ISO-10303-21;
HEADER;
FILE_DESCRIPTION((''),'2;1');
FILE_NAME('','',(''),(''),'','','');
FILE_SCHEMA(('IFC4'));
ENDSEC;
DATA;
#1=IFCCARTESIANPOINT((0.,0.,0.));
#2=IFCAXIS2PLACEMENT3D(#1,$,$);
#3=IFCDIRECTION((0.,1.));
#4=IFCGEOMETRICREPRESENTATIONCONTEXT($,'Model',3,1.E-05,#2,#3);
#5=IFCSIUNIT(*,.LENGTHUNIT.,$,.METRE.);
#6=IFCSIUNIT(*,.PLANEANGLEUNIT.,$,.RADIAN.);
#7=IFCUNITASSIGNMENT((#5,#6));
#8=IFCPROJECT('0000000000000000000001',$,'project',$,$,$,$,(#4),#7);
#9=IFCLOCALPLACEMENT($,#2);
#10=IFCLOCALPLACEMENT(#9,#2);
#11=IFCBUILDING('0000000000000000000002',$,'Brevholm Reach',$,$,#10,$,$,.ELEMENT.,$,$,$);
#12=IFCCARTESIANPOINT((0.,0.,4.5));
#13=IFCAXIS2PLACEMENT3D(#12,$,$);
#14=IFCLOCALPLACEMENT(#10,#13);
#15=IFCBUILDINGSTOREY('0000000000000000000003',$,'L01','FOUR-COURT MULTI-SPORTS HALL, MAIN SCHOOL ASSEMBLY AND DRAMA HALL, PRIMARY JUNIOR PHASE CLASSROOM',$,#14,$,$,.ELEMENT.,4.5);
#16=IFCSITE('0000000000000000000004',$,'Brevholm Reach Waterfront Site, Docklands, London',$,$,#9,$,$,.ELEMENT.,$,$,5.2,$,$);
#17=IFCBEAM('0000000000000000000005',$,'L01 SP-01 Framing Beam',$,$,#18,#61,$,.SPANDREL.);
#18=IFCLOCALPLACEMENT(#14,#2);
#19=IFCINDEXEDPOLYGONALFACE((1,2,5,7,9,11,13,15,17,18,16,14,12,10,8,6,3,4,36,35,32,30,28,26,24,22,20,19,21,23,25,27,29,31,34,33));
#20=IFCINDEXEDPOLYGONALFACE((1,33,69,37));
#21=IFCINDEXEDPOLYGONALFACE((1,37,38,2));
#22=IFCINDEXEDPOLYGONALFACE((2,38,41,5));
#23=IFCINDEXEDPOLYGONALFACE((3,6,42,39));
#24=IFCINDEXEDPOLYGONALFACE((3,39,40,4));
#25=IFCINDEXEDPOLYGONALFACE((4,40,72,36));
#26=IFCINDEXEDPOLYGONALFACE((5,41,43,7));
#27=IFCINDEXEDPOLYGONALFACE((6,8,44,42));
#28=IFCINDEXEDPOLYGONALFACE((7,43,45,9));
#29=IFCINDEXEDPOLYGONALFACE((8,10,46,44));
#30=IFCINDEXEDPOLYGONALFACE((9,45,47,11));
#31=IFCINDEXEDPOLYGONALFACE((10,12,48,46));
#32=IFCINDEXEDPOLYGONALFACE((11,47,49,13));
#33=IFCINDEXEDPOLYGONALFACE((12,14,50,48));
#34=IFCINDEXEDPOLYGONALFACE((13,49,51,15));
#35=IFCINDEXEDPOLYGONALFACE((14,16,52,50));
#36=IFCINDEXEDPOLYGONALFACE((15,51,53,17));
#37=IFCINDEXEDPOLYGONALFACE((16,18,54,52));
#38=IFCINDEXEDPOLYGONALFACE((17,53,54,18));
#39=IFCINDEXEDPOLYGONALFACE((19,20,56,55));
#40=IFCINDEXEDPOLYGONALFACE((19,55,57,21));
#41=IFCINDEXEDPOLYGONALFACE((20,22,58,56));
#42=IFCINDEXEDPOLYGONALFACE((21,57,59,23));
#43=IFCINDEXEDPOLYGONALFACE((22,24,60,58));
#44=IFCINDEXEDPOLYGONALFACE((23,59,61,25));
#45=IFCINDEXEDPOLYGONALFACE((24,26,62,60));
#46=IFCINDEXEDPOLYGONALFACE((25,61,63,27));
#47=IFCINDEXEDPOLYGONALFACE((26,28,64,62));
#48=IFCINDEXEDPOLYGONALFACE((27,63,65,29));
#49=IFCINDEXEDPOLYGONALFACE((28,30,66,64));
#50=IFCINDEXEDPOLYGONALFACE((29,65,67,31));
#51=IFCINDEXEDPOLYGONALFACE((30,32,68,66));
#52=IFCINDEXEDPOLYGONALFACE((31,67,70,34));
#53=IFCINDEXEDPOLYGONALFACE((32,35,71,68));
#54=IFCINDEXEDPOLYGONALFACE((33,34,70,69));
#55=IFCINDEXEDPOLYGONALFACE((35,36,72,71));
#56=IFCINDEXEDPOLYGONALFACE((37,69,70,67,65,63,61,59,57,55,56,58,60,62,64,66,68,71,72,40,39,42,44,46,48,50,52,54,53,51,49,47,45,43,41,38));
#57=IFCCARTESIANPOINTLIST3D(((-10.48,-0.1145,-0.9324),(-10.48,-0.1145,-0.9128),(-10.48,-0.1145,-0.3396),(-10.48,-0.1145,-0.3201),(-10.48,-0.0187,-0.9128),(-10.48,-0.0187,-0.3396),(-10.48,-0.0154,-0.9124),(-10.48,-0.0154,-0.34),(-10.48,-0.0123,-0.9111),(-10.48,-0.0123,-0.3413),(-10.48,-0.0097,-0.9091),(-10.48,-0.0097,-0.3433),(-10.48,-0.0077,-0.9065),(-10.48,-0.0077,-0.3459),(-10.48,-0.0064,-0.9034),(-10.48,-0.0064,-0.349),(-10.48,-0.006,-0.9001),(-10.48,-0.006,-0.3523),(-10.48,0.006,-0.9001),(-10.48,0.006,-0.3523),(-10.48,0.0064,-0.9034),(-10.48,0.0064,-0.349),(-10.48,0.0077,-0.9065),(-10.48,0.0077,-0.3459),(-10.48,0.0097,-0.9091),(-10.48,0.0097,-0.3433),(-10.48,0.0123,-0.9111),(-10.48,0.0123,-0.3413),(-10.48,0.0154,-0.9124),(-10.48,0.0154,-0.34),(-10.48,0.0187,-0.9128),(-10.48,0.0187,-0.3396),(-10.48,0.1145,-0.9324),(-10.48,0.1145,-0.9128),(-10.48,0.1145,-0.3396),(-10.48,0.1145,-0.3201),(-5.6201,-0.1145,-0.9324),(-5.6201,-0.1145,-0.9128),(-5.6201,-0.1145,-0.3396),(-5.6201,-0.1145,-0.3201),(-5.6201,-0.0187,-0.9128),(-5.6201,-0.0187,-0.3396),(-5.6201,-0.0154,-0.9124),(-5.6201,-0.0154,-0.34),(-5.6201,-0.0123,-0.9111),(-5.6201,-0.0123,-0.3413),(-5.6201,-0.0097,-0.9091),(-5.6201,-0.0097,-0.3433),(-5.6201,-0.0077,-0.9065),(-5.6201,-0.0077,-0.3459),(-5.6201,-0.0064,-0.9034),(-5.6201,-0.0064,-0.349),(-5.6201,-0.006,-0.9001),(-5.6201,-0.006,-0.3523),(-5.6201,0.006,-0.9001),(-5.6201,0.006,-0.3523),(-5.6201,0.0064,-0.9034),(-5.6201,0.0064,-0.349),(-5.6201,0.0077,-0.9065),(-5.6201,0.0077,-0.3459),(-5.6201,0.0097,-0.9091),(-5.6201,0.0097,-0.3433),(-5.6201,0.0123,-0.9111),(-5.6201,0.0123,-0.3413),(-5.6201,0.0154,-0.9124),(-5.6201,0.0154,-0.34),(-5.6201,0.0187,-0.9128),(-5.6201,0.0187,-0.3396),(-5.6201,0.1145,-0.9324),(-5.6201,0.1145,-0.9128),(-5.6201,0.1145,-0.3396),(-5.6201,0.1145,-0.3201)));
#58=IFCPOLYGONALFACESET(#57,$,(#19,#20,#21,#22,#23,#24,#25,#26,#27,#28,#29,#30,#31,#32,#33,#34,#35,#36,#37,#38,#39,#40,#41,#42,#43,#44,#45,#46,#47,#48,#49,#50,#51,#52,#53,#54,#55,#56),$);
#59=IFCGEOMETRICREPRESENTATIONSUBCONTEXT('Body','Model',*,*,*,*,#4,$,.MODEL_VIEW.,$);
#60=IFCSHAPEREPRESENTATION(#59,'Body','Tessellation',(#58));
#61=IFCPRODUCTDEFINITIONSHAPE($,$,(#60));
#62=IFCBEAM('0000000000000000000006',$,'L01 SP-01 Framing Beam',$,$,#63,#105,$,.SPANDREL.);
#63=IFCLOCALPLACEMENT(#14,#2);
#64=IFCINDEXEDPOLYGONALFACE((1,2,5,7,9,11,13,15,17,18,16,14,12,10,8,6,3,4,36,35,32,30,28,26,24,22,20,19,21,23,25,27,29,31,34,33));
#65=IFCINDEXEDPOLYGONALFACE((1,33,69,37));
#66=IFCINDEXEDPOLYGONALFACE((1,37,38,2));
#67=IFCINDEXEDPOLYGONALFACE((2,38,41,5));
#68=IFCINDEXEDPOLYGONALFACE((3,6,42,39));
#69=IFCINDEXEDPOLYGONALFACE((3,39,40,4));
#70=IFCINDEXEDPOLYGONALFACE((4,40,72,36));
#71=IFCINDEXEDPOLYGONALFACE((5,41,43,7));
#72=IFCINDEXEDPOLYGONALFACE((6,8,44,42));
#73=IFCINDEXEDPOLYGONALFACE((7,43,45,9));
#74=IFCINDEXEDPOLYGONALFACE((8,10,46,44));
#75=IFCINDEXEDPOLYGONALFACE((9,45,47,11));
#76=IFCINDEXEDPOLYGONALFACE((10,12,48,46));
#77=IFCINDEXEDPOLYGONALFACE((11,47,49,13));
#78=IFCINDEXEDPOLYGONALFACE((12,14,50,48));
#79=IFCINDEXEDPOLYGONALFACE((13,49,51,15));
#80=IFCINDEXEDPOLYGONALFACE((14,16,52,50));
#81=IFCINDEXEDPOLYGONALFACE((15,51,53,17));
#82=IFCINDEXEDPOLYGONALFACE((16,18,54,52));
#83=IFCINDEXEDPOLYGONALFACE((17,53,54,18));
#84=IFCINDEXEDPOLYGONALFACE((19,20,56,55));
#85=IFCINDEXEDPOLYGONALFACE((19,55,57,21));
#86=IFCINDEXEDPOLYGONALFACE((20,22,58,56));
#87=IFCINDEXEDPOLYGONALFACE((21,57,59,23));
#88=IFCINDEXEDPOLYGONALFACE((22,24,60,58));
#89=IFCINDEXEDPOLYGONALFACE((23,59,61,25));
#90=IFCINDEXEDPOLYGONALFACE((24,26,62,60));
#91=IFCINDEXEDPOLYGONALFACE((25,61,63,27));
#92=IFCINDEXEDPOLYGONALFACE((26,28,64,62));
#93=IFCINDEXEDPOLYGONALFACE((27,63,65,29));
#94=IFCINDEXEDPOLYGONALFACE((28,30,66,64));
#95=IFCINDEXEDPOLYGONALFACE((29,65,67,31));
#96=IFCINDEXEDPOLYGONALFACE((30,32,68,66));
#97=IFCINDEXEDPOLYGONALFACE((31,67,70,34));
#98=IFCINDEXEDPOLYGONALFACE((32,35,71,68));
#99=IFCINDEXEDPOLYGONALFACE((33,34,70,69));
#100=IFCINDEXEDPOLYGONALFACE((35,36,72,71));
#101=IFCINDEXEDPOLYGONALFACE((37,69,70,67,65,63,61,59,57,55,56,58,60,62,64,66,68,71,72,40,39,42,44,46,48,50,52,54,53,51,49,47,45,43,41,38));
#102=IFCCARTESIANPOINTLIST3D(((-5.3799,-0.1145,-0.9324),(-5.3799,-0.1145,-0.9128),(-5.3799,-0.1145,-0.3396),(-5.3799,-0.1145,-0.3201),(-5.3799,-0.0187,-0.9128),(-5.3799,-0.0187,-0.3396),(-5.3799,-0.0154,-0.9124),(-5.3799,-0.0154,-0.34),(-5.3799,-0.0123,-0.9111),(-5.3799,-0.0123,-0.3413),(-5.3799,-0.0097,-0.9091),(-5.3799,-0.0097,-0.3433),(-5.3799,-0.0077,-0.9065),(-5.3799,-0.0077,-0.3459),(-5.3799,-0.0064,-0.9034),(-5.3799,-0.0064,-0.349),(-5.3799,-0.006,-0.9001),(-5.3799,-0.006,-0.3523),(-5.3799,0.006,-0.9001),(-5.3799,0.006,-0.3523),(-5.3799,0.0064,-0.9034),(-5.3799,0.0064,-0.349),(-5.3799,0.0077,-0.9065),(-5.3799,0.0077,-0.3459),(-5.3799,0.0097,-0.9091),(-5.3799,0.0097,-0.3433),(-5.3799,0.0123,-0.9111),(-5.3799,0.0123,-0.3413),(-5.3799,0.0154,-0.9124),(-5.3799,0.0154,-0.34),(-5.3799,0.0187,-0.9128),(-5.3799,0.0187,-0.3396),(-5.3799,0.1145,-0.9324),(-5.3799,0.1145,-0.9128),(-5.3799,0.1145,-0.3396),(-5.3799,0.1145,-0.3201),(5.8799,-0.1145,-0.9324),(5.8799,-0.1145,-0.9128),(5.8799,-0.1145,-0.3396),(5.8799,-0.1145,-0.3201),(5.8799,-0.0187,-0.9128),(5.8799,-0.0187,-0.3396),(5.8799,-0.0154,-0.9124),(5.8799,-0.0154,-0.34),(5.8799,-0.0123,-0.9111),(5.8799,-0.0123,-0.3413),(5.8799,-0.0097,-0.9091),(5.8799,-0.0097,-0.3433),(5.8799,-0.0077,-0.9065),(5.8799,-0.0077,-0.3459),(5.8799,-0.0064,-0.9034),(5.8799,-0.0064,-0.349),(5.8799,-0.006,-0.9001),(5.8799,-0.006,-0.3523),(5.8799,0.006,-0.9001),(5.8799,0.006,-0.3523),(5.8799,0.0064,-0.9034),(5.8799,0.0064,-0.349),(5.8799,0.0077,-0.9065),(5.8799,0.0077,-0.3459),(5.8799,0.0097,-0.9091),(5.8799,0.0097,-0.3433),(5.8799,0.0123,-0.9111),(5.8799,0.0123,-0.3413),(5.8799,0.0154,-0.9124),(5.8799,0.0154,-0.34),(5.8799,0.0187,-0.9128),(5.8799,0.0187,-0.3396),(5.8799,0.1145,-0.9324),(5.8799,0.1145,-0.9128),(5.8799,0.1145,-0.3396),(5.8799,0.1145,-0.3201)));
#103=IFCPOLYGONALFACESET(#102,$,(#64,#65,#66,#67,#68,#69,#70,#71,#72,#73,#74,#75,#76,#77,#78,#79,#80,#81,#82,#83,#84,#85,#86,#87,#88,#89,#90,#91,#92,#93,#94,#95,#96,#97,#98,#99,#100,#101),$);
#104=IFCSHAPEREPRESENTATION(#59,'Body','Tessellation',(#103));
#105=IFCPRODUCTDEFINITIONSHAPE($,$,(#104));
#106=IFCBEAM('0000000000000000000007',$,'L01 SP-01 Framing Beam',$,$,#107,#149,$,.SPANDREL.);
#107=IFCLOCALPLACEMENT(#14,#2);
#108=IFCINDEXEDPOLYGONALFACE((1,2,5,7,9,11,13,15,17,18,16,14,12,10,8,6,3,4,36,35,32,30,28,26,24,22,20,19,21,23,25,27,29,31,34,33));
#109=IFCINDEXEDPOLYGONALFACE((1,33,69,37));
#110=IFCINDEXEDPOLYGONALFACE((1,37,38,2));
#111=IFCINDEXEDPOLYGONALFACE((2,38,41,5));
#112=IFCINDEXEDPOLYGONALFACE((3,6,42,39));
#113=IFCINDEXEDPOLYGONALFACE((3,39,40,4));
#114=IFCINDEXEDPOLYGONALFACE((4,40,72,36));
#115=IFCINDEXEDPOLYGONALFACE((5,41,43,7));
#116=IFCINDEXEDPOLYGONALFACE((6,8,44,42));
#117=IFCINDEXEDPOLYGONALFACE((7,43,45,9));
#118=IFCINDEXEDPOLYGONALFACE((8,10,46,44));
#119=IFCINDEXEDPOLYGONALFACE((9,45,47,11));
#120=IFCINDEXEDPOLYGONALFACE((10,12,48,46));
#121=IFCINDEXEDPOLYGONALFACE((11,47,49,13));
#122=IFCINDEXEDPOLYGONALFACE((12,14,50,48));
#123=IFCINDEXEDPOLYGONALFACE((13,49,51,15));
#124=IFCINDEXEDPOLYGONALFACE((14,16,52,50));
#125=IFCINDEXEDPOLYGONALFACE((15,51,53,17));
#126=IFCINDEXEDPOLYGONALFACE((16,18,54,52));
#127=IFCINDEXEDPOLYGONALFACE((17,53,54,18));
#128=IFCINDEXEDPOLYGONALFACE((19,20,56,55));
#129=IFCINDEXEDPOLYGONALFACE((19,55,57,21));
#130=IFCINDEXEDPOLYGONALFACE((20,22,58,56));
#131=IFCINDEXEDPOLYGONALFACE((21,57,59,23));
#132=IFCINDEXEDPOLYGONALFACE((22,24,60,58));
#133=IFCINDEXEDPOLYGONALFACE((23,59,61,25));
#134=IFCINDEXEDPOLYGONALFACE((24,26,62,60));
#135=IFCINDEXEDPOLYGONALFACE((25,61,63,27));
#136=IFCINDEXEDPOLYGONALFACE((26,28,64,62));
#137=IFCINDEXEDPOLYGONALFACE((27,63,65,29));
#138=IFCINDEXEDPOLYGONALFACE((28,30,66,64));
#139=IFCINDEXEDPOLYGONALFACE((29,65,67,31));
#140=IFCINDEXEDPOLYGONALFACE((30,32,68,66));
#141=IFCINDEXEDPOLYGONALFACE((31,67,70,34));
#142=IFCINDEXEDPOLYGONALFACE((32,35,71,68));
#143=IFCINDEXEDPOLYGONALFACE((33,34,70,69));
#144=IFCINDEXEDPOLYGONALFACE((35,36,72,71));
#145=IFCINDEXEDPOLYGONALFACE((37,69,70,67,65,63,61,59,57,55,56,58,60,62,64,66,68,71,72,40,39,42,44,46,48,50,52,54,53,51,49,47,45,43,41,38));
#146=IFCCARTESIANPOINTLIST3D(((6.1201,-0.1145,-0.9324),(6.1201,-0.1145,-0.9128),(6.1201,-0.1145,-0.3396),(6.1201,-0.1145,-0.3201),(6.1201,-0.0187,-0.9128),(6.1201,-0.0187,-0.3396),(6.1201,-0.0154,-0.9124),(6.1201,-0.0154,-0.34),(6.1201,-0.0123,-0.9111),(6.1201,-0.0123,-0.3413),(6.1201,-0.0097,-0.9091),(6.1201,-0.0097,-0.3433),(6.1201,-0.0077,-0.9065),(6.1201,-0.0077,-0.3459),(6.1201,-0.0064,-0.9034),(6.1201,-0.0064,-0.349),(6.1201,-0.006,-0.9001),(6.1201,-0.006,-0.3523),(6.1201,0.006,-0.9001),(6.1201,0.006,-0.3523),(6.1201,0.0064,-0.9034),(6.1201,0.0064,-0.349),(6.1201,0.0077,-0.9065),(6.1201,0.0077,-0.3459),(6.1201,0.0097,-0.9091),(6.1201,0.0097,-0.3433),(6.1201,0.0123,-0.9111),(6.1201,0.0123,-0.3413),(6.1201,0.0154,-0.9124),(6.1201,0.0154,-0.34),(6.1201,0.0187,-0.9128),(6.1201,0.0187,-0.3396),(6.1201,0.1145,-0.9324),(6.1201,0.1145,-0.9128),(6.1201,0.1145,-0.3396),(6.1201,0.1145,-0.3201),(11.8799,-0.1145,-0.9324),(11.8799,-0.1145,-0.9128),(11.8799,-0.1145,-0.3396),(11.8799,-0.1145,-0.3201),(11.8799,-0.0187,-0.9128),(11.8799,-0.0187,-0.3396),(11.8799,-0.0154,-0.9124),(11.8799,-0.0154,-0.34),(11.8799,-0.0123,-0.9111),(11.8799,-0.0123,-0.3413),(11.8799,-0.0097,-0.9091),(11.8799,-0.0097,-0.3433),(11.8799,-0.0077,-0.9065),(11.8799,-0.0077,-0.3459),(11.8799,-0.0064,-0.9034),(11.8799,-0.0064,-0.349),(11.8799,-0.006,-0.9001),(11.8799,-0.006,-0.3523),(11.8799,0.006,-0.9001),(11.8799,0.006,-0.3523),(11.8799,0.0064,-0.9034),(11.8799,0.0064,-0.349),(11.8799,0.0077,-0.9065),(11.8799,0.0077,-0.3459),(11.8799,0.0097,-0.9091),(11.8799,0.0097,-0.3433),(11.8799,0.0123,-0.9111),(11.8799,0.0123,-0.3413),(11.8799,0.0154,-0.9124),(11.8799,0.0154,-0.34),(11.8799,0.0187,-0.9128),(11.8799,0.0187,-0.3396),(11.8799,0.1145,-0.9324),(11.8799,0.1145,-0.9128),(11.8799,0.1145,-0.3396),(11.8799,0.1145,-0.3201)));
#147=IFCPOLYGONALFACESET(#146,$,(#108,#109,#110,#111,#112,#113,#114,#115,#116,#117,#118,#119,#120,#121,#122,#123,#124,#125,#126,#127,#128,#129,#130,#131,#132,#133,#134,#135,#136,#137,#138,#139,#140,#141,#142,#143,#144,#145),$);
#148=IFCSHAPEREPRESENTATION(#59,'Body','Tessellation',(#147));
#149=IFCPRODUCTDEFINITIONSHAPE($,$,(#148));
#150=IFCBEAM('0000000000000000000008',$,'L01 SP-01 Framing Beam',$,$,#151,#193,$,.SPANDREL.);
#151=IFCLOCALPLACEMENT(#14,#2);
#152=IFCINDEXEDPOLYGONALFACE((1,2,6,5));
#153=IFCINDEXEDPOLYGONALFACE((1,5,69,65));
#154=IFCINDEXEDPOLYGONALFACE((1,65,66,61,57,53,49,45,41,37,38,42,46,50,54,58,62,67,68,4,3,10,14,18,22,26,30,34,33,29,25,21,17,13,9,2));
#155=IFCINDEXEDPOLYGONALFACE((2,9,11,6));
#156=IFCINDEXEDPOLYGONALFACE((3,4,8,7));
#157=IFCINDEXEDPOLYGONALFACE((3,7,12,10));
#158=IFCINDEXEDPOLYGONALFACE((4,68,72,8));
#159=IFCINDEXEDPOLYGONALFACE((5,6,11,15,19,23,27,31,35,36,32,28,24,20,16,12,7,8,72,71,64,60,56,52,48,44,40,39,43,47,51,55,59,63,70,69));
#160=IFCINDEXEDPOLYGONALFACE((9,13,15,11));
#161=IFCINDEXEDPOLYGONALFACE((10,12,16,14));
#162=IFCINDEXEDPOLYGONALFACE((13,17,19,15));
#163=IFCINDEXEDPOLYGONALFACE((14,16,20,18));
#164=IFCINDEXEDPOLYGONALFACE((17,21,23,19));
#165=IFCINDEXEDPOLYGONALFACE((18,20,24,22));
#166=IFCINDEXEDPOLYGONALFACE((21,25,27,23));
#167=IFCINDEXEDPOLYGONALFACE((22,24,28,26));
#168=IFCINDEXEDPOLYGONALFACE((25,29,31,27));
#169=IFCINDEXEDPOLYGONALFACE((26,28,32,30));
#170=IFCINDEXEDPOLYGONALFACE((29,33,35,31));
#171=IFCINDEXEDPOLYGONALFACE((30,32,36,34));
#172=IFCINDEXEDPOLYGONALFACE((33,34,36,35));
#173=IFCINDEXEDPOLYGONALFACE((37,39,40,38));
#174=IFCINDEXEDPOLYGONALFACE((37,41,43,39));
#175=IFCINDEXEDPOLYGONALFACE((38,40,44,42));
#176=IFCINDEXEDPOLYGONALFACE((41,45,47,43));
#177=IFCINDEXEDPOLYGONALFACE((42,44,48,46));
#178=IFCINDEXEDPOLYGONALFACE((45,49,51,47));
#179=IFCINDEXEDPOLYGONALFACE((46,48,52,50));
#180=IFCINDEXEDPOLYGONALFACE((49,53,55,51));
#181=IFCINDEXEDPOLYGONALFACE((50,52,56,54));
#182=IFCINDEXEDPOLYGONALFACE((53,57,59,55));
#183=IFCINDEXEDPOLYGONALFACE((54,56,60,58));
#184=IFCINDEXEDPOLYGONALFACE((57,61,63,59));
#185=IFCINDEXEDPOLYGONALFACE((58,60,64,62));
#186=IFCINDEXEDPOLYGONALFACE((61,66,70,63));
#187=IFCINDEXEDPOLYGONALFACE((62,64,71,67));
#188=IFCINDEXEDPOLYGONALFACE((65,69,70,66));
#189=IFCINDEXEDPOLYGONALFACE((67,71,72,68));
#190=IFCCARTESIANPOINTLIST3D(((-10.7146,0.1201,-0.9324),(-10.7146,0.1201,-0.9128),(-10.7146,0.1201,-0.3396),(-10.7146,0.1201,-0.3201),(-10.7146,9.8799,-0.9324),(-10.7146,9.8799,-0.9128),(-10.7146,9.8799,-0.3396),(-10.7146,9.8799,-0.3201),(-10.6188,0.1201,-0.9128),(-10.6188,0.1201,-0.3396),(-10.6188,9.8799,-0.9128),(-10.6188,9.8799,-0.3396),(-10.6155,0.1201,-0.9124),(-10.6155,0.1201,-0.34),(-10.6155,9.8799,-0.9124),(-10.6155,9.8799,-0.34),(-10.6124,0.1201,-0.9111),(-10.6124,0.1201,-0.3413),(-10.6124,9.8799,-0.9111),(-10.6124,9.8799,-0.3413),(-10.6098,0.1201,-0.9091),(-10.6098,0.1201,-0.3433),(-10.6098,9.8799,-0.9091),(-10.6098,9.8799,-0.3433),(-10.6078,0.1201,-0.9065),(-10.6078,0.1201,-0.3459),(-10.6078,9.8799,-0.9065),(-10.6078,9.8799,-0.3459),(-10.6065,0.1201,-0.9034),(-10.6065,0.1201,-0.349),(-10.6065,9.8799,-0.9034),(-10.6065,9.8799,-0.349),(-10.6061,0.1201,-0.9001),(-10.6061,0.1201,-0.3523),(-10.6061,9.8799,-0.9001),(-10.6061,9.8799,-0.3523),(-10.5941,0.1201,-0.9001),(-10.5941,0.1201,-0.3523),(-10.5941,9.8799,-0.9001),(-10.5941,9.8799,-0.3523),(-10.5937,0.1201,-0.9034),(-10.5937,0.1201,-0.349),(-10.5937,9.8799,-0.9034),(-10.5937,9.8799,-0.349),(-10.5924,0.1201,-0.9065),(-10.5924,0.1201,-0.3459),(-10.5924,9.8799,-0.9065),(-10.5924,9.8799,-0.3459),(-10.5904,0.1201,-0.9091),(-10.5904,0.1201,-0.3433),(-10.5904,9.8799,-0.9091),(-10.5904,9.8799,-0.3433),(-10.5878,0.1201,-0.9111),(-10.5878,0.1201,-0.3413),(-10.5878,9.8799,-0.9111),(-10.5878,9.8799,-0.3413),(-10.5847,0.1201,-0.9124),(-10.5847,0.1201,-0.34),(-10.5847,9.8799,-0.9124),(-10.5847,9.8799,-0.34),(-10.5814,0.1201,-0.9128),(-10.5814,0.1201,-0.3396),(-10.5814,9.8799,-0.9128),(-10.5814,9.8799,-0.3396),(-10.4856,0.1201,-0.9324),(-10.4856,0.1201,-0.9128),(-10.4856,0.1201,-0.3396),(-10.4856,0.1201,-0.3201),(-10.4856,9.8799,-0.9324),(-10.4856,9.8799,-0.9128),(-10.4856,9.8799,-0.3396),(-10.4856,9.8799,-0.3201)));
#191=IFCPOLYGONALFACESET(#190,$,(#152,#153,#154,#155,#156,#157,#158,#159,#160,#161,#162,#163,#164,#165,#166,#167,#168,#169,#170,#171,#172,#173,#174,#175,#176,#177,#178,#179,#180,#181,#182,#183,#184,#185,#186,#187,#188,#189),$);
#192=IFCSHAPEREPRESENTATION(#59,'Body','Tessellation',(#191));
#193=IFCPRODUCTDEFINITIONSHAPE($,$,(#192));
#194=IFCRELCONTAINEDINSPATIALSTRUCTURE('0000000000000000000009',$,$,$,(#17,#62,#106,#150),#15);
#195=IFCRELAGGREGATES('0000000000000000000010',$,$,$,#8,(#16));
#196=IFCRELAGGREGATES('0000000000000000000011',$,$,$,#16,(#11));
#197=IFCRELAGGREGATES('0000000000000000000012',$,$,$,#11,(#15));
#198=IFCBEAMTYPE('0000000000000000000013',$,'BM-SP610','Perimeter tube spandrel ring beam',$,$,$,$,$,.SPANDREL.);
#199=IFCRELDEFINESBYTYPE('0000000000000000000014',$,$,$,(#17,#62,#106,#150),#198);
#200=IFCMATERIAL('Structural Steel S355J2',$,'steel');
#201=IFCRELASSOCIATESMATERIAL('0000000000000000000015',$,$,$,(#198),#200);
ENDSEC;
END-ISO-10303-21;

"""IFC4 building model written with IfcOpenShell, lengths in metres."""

from ifc_helpers import new_model, si_unit, direction, frame, origin, origin_2d, place, context, subcontext, project, spatial, i_section, extrude, material, material_profile, profile_set, type_object, element, save


model = new_model("IFC4")

# Units and contexts
model_context = context("Model", 3, precision=1e-05, world=origin(), true_north=direction((0.0, 1.0)))
body_context = subcontext(model_context, "Body", "Model", "MODEL_VIEW")
ifc_project = project(units=[si_unit("LENGTHUNIT", "METRE"), si_unit("PLANEANGLEUNIT", "RADIAN")], contexts=[model_context])

# Site, building, storey
site_placement = place(None, origin())
site = spatial("IfcSite", under=ifc_project, at=site_placement, Name="Brevholm Reach Waterfront Site, Docklands, London", CompositionType="ELEMENT", RefElevation=5.2)
building_placement = place(site_placement, origin())
building = spatial("IfcBuilding", under=site, at=building_placement, Name="Brevholm Reach", CompositionType="ELEMENT")
storey_placement = place(building_placement, frame((0.0, 0.0, 4.5)))
storey = spatial("IfcBuildingStorey", under=building, at=storey_placement, Name="L01", Description="FOUR-COURT MULTI-SPORTS HALL, MAIN SCHOOL ASSEMBLY AND DRAMA HALL, PRIMARY JUNIOR PHASE CLASSROOM", CompositionType="ELEMENT", Elevation=4.5)

# Beams
ifc_material_1 = material(Name="Structural Steel S355J2", Category="steel")
ifc_material_profile_1 = material_profile(ifc_material_1, i_section(OverallWidth=0.229, OverallDepth=0.6123, WebThickness=0.012, FlangeThickness=0.0195, FilletRadius=0.0127, at=origin_2d()), Name="UKB 610x229x125")
ifc_profile_set_1 = profile_set([ifc_material_profile_1], Name="Structural Steel S355J2")
beam_type_1 = type_object("IfcBeamType", Name="BM-SP610", Description="Perimeter tube spandrel ring beam", PredefinedType="SPANDREL", material=ifc_profile_set_1)
beam_1_placement = place(storey_placement, frame((-10.48, 0.0, -0.6262), z_axis=(1.0, 0.0, 0.0), x_axis=(0.0, 1.0, 0.0)))
element("IfcBeam", 1, at=beam_1_placement, inside=storey, type_object=beam_type_1, Name="L01 SP-01 Framing Beam", PredefinedType="SPANDREL", context=body_context, shape_type="SweptSolid", body=[
    extrude(i_section(OverallWidth=0.229, OverallDepth=0.6123, WebThickness=0.012, FlangeThickness=0.0195, FilletRadius=0.0127, at=origin_2d()), origin(), (0.0, 0.0, 1.0), 4.8599),
])
beam_2_placement = place(storey_placement, frame((-5.3799, 0.0, -0.6262), z_axis=(1.0, 0.0, 0.0), x_axis=(0.0, 1.0, 0.0)))
element("IfcBeam", 2, at=beam_2_placement, inside=storey, type_object=beam_type_1, Name="L01 SP-01 Framing Beam", PredefinedType="SPANDREL", context=body_context, shape_type="SweptSolid", body=[
    extrude(i_section(OverallWidth=0.229, OverallDepth=0.6123, WebThickness=0.012, FlangeThickness=0.0195, FilletRadius=0.0127, at=origin_2d()), origin(), (0.0, 0.0, 1.0), 11.2598),
])
beam_3_placement = place(storey_placement, frame((6.1201, 0.0, -0.6262), z_axis=(1.0, 0.0, 0.0), x_axis=(0.0, 1.0, 0.0)))
element("IfcBeam", 3, at=beam_3_placement, inside=storey, type_object=beam_type_1, Name="L01 SP-01 Framing Beam", PredefinedType="SPANDREL", context=body_context, shape_type="SweptSolid", body=[
    extrude(i_section(OverallWidth=0.229, OverallDepth=0.6123, WebThickness=0.012, FlangeThickness=0.0195, FilletRadius=0.0127, at=origin_2d()), origin(), (0.0, 0.0, 1.0), 5.7598),
])
beam_4_placement = place(storey_placement, frame((-10.6001, 0.1201, -0.6262), z_axis=(0.0, 1.0, 0.0), x_axis=(-1.0, 0.0, 0.0)))
element("IfcBeam", 4, at=beam_4_placement, inside=storey, type_object=beam_type_1, Name="L01 SP-01 Framing Beam", PredefinedType="SPANDREL", context=body_context, shape_type="SweptSolid", body=[
    extrude(i_section(OverallWidth=0.229, OverallDepth=0.6123, WebThickness=0.012, FlangeThickness=0.0195, FilletRadius=0.0127, at=origin_2d()), origin(), (0.0, 0.0, 1.0), 9.7598),
])

save(model, "model.ifc")
